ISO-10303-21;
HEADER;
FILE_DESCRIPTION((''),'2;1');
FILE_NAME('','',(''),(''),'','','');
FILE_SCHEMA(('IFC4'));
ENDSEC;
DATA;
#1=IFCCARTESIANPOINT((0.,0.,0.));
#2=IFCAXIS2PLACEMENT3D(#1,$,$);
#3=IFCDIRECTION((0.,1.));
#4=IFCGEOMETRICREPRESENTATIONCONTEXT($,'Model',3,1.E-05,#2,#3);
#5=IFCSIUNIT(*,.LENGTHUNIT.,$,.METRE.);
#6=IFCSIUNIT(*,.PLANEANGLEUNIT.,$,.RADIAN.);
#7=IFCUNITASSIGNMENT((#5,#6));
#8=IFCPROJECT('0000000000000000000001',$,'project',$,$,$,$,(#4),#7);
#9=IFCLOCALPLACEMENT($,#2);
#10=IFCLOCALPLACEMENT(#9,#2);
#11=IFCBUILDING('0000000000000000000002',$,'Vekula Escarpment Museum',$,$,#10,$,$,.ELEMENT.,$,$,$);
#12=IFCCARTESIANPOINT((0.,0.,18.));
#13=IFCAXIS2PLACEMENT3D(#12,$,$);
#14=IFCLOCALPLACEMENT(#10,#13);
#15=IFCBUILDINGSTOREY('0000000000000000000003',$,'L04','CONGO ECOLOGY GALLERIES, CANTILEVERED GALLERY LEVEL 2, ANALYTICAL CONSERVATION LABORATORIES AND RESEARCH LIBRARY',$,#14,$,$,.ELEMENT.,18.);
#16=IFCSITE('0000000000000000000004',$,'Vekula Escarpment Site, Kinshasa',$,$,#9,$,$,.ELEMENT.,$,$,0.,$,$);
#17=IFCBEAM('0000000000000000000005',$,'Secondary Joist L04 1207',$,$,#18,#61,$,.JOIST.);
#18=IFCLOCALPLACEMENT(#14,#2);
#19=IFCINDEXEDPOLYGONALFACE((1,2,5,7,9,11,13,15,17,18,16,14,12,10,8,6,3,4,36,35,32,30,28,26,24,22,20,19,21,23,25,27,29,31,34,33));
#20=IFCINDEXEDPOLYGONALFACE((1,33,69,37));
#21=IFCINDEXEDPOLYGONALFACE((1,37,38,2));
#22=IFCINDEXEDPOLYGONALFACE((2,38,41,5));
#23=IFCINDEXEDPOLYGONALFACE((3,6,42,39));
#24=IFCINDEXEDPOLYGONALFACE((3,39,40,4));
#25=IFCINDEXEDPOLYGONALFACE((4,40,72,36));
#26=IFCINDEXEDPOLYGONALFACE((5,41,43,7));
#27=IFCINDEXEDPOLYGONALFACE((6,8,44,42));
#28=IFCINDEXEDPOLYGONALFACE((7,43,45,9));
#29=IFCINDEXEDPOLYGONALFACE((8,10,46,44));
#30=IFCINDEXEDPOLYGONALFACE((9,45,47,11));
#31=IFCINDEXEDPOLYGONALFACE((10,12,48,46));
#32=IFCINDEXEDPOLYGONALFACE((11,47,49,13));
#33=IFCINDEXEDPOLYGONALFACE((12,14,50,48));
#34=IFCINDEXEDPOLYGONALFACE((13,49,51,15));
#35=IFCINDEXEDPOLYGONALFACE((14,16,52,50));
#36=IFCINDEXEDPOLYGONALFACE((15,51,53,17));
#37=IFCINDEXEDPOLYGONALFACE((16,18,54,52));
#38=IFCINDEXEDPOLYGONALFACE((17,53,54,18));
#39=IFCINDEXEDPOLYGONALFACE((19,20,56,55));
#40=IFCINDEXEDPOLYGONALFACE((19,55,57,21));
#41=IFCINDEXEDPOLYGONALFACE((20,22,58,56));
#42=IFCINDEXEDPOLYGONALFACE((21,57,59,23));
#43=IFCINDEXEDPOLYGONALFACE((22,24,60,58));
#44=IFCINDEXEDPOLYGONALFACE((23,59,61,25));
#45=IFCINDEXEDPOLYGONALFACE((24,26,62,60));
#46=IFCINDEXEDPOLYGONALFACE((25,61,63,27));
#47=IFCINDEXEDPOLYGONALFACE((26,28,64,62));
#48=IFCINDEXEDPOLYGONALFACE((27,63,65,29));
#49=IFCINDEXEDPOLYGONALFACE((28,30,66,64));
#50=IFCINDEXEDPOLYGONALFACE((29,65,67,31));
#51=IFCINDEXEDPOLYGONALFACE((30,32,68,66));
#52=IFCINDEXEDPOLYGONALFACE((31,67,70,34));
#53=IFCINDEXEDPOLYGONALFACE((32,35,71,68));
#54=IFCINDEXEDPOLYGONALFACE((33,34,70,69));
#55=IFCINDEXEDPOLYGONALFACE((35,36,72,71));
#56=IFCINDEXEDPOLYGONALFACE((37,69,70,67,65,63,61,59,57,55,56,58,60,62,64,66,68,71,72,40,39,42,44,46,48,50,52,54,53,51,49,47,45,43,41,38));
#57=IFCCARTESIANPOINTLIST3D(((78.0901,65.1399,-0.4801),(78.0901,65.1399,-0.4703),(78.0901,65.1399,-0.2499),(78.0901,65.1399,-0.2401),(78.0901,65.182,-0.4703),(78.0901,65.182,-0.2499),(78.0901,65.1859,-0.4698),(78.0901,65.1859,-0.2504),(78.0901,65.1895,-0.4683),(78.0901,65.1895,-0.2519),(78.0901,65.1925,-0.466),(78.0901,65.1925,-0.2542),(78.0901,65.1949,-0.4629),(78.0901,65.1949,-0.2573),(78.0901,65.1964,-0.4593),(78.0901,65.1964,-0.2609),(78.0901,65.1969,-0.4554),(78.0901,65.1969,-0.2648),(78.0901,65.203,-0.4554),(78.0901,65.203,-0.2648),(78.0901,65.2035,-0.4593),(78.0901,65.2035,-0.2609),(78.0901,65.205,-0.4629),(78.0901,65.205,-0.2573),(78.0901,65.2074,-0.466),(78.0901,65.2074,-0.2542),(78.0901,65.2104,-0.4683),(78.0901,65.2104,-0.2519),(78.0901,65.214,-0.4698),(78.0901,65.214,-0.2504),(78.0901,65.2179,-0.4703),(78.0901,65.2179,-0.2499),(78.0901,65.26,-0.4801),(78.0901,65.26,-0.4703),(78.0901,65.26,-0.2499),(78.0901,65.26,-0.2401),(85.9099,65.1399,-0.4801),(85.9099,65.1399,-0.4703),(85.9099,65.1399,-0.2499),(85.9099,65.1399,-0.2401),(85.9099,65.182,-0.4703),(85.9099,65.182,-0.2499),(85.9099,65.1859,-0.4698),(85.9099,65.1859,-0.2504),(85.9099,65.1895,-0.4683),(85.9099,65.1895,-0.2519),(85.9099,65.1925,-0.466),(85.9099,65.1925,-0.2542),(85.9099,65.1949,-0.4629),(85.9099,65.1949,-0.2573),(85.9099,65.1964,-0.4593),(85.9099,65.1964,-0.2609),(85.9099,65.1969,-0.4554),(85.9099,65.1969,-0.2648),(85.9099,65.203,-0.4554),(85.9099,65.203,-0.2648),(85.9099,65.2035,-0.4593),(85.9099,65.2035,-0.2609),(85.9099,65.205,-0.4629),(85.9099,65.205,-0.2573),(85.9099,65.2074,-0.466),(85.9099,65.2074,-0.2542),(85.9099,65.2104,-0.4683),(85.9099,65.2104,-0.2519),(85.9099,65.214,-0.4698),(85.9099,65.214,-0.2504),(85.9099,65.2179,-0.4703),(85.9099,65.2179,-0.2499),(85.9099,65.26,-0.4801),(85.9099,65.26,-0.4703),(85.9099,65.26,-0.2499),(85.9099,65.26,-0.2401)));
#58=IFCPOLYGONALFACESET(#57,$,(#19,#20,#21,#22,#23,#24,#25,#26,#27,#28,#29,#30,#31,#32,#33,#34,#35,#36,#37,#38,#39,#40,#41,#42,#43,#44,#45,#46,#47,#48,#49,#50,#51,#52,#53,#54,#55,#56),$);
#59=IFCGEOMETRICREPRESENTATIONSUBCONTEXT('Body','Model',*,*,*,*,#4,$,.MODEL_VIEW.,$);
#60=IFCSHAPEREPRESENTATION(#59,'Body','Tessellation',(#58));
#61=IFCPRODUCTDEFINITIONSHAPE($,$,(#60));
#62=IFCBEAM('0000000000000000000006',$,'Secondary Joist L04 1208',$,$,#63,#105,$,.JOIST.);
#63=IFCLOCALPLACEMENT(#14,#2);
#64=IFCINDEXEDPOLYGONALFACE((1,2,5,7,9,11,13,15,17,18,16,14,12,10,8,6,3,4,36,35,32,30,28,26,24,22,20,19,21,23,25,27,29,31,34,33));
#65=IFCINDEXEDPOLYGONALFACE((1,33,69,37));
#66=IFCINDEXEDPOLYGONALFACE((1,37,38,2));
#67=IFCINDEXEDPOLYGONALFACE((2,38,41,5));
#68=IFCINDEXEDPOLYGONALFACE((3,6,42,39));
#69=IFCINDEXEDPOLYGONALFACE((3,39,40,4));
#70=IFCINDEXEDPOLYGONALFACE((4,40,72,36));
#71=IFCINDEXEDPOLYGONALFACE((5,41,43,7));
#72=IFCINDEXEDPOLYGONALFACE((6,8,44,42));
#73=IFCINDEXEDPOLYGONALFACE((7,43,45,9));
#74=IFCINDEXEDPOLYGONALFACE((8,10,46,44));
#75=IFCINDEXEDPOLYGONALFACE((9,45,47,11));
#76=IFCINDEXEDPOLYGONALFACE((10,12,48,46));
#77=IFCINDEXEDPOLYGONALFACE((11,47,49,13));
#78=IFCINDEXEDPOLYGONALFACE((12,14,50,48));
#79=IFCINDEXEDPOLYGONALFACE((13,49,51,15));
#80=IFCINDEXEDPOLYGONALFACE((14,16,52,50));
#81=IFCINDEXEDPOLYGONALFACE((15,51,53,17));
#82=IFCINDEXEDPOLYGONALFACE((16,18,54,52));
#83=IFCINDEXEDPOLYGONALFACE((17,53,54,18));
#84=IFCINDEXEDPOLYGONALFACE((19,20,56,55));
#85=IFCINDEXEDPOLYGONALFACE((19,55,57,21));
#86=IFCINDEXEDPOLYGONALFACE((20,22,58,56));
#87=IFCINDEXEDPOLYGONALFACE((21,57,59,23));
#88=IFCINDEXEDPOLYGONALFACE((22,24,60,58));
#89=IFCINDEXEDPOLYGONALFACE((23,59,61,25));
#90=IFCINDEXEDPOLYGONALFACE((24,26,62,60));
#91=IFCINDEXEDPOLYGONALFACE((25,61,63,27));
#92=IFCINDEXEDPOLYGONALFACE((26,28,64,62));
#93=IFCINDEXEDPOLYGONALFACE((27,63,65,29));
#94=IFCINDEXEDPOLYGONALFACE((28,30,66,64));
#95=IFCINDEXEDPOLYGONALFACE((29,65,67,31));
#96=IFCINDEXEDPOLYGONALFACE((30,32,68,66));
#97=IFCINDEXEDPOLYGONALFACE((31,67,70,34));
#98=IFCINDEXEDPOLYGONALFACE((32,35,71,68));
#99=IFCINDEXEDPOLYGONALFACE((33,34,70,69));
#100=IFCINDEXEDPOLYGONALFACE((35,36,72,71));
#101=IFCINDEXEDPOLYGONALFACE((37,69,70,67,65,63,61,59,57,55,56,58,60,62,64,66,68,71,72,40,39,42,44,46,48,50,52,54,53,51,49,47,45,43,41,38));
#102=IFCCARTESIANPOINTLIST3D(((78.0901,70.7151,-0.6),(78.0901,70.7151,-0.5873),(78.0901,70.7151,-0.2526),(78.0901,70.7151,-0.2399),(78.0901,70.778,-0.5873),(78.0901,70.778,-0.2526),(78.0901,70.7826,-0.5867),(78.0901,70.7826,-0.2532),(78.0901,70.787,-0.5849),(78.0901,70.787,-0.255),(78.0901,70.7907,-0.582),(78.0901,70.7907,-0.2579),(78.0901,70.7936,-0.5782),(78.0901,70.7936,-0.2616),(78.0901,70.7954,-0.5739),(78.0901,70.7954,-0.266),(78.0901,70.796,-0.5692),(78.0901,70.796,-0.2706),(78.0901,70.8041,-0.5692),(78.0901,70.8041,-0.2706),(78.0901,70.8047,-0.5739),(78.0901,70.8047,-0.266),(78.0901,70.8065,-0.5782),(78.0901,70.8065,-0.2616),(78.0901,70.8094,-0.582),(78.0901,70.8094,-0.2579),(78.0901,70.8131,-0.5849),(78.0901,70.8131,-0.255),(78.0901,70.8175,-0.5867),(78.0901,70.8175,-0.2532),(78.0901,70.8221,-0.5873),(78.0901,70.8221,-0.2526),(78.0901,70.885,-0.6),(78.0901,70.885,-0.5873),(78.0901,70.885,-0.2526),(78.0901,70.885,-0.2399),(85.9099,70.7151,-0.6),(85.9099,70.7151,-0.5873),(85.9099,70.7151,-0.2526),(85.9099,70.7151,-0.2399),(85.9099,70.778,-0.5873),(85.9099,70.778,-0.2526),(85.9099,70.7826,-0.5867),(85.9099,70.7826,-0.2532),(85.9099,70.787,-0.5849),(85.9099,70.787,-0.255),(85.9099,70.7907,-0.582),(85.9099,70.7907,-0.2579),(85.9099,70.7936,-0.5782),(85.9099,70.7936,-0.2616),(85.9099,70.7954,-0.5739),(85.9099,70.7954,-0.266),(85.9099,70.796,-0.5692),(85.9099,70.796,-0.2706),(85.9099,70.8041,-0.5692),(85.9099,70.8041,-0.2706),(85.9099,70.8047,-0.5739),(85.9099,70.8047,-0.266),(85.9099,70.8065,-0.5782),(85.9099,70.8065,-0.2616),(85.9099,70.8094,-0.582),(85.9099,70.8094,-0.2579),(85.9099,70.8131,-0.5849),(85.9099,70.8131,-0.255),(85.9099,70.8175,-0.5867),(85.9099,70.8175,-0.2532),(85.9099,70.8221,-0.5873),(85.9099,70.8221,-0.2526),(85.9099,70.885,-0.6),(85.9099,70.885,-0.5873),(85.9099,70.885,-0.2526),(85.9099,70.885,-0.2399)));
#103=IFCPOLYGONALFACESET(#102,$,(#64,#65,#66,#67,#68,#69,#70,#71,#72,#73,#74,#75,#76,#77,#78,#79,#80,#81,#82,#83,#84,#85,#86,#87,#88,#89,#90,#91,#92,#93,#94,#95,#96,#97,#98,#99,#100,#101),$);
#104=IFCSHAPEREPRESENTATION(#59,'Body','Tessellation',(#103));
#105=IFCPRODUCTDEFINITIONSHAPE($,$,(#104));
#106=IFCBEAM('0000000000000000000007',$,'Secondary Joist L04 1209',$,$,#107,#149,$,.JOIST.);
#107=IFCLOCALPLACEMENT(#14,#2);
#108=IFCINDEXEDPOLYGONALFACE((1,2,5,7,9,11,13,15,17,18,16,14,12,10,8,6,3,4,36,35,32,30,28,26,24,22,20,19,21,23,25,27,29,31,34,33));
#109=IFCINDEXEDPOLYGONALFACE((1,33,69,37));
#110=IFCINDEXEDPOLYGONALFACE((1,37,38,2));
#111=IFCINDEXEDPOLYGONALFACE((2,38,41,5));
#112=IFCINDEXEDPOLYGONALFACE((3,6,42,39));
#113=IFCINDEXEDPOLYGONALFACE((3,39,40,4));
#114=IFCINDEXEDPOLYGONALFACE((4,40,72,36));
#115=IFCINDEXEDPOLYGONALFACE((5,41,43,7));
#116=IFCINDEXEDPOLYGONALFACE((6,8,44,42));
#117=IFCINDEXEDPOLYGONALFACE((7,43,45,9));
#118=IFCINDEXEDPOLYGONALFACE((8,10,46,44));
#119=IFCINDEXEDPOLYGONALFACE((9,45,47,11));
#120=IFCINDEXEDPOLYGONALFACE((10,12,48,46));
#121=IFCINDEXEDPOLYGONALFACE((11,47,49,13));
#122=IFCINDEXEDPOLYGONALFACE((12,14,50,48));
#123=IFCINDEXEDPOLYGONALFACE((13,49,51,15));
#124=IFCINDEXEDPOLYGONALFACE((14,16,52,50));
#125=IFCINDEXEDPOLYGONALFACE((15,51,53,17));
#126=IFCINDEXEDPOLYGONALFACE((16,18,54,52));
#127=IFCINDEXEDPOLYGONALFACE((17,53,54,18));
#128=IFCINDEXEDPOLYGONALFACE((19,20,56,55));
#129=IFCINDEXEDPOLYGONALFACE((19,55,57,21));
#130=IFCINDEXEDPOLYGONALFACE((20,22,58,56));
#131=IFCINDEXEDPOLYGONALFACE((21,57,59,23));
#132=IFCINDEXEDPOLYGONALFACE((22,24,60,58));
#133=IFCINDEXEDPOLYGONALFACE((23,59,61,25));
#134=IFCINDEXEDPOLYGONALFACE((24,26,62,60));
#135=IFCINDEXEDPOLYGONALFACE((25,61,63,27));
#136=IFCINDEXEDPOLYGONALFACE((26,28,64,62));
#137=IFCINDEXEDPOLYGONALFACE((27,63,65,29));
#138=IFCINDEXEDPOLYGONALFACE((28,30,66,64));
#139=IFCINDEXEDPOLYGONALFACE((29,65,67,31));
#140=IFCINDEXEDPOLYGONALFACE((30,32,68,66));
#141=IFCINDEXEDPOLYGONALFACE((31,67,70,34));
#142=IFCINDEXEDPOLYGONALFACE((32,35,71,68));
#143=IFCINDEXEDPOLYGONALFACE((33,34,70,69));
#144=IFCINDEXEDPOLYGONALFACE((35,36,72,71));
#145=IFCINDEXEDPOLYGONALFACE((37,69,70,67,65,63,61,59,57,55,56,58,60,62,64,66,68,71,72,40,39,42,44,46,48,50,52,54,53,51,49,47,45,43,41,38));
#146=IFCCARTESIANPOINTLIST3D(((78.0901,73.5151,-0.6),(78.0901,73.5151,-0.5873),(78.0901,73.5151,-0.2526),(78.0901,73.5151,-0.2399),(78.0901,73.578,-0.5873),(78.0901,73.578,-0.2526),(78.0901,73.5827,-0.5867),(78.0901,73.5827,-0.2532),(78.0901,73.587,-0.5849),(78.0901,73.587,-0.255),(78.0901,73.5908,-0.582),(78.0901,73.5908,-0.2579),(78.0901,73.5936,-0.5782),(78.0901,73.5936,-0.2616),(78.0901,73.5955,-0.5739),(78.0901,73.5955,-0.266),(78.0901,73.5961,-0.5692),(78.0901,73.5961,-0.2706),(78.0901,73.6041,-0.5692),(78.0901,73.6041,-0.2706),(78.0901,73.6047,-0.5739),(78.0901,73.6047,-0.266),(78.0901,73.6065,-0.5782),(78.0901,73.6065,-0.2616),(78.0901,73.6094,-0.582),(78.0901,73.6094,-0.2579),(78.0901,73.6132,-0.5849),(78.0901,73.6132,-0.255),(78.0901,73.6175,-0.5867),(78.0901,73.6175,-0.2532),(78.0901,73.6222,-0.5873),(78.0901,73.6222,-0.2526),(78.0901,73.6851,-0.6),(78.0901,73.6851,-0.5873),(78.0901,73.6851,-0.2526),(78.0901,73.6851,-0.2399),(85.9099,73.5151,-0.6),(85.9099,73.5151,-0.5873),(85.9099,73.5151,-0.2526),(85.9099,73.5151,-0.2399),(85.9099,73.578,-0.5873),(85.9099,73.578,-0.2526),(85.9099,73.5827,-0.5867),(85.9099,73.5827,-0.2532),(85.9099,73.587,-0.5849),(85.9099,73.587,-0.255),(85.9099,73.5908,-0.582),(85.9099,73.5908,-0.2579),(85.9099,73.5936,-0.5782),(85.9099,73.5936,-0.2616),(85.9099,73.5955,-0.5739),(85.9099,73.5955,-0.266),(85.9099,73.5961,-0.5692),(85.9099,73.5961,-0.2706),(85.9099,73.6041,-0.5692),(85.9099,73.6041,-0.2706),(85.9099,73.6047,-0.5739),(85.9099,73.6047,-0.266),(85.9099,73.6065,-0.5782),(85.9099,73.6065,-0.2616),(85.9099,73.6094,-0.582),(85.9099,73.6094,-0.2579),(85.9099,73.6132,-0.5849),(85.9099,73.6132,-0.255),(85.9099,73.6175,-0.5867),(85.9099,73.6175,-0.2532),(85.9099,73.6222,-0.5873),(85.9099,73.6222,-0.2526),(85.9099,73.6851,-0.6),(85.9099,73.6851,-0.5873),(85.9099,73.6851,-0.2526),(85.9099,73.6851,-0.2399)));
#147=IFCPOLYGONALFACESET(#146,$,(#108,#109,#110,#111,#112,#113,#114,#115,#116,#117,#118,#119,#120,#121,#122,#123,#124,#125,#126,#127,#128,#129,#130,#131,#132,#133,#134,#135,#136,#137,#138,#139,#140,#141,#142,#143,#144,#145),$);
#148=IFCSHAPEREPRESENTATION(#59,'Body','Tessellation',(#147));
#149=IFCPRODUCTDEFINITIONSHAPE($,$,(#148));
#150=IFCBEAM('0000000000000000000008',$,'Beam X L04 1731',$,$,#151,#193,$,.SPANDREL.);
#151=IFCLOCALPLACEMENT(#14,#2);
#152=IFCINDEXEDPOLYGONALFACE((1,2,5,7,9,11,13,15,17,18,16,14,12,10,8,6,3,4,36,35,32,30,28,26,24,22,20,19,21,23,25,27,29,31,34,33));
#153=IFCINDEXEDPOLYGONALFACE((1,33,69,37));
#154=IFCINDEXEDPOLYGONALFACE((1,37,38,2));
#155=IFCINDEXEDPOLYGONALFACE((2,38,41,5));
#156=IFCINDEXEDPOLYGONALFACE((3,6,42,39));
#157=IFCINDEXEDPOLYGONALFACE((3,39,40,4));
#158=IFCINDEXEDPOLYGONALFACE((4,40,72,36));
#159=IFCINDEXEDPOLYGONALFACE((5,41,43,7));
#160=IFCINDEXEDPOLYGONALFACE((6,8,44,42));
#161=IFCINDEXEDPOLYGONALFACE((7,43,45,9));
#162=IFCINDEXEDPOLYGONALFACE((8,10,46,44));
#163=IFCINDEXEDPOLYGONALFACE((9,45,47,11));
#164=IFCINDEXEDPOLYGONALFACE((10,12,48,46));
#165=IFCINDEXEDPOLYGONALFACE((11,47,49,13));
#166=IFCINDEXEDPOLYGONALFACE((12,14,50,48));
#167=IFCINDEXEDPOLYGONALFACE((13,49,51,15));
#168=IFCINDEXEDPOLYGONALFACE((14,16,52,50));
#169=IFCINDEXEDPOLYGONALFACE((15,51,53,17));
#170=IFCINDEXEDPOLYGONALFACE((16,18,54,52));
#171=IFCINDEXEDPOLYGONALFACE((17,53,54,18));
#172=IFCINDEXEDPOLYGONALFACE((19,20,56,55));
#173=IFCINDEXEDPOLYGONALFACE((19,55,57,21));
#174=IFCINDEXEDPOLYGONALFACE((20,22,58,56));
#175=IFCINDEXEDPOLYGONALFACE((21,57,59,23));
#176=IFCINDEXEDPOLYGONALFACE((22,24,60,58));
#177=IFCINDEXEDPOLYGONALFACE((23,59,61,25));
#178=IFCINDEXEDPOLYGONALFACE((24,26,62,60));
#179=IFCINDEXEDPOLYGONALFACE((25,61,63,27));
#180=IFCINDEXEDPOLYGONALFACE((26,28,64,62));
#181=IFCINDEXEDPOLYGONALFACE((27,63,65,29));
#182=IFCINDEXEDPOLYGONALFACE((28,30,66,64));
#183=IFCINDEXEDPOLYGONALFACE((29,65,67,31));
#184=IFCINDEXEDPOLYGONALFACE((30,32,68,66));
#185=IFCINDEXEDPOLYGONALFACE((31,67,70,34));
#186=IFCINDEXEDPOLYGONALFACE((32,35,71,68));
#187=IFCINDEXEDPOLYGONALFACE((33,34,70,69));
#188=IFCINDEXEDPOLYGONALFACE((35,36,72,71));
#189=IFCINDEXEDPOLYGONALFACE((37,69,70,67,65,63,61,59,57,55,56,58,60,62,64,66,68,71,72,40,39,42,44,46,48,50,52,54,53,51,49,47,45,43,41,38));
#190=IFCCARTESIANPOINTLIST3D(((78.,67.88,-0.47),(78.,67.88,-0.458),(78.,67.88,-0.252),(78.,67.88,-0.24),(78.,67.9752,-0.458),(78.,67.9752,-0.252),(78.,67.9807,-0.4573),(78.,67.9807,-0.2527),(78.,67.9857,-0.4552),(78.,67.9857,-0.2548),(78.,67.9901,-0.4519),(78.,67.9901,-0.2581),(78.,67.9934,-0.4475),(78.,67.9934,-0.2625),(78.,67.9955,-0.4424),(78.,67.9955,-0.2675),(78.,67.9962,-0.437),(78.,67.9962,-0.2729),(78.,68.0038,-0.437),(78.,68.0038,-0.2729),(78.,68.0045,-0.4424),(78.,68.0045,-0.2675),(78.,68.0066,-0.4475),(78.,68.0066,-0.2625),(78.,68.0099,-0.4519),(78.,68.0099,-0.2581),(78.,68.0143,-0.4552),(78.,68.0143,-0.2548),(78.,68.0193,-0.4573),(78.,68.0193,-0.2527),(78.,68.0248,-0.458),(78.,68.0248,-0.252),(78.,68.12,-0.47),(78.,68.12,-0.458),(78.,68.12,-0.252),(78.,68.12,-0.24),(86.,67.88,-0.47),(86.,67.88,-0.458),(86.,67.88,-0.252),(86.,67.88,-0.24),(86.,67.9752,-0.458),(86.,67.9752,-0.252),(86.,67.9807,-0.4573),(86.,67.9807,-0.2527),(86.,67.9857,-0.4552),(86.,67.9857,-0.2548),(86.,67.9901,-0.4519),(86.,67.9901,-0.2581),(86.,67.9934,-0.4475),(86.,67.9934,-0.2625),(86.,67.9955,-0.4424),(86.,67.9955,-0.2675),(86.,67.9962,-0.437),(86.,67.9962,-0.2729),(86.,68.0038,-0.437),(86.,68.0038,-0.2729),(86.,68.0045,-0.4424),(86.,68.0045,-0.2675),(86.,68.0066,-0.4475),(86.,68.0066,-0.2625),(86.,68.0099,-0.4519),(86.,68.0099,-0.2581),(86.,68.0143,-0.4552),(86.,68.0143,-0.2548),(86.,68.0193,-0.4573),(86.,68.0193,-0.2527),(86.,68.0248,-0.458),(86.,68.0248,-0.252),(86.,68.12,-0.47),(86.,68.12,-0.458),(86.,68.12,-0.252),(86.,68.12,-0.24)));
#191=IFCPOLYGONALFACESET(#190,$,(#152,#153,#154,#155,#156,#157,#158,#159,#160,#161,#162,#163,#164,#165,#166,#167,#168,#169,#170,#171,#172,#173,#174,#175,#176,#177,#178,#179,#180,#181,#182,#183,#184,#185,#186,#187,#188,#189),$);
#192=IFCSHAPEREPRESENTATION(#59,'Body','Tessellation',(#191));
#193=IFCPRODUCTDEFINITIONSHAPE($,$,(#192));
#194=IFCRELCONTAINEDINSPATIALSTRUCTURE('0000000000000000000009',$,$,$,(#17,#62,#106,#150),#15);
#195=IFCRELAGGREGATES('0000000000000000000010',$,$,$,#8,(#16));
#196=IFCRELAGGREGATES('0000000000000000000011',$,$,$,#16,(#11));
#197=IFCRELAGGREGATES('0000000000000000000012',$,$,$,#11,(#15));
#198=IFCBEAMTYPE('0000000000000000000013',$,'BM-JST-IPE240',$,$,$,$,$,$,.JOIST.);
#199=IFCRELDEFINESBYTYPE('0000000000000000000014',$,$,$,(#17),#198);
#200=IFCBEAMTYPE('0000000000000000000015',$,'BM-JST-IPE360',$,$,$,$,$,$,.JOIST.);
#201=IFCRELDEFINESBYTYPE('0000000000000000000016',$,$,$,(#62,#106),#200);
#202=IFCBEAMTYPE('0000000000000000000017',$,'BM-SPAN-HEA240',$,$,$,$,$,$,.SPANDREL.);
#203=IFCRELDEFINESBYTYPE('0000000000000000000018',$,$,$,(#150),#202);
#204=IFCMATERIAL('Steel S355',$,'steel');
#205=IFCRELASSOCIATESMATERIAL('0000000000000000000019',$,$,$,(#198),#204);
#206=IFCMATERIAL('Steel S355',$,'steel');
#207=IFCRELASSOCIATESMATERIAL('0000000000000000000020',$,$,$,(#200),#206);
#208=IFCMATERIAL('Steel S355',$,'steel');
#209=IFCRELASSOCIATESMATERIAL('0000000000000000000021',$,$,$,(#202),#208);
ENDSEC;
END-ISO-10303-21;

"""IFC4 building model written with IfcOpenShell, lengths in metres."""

from ifc_helpers import new_model, si_unit, direction, frame, origin, origin_2d, place, context, subcontext, project, spatial, i_section, extrude, material, material_profile, profile_set, type_object, element, save


model = new_model("IFC4")

# Units and contexts
model_context = context("Model", 3, precision=1e-05, world=origin(), true_north=direction((0.0, 1.0)))
body_context = subcontext(model_context, "Body", "Model", "MODEL_VIEW")
ifc_project = project(units=[si_unit("LENGTHUNIT", "METRE"), si_unit("PLANEANGLEUNIT", "RADIAN")], contexts=[model_context])

# Site, building, storey
site_placement = place(None, origin())
site = spatial("IfcSite", under=ifc_project, at=site_placement, Name="Vekula Escarpment Site, Kinshasa", CompositionType="ELEMENT", RefElevation=0.0)
building_placement = place(site_placement, origin())
building = spatial("IfcBuilding", under=site, at=building_placement, Name="Vekula Escarpment Museum", CompositionType="ELEMENT")
storey_placement = place(building_placement, frame((0.0, 0.0, 18.0)))
storey = spatial("IfcBuildingStorey", under=building, at=storey_placement, Name="L04", Description="CONGO ECOLOGY GALLERIES, CANTILEVERED GALLERY LEVEL 2, ANALYTICAL CONSERVATION LABORATORIES AND RESEARCH LIBRARY", CompositionType="ELEMENT", Elevation=18.0)

# Beams
ifc_material_1 = material(Name="Steel S355", Category="steel")
ifc_material_profile_1 = material_profile(ifc_material_1, i_section(OverallWidth=0.1201, OverallDepth=0.24, WebThickness=0.0061, FlangeThickness=0.0098, FilletRadius=0.0149, at=origin_2d()), Name="IPE 240")
ifc_profile_set_1 = profile_set([ifc_material_profile_1], Name="Steel S355")
beam_type_1 = type_object("IfcBeamType", Name="BM-JST-IPE240", PredefinedType="JOIST", material=ifc_profile_set_1)
for number, where, z_axis, x_axis, name in (
    (1, (78.0901, 65.2, -0.3601), (1.0, 0.0, 0.0), (0.0, 1.0, 0.0), "Secondary Joist L04 1207"),
):
    element("IfcBeam", number, at=place(storey_placement, frame(where, z_axis=z_axis, x_axis=x_axis)), inside=storey, type_object=beam_type_1, Name=name, PredefinedType="JOIST", context=body_context, shape_type="SweptSolid", body=[
        extrude(i_section(OverallWidth=0.1201, OverallDepth=0.24, WebThickness=0.0061, FlangeThickness=0.0098, FilletRadius=0.0149, at=origin_2d()), origin(), (0.0, 0.0, 1.0), 7.8198),
    ])
ifc_material_2 = material(Name="Steel S355", Category="steel")
ifc_material_profile_2 = material_profile(ifc_material_2, i_section(OverallWidth=0.1699, OverallDepth=0.3601, WebThickness=0.0081, FlangeThickness=0.0127, FilletRadius=0.0181, at=origin_2d()), Name="IPE 360")
ifc_profile_set_2 = profile_set([ifc_material_profile_2], Name="Steel S355")
beam_type_2 = type_object("IfcBeamType", Name="BM-JST-IPE360", PredefinedType="JOIST", material=ifc_profile_set_2)
for number, where, z_axis, x_axis, name in (
    (2, (78.0901, 70.8, -0.4199), (1.0, 0.0, 0.0), (0.0, 1.0, 0.0), "Secondary Joist L04 1208"),
    (3, (78.0901, 73.6001, -0.4199), (1.0, 0.0, 0.0), (0.0, 1.0, 0.0), "Secondary Joist L04 1209"),
):
    element("IfcBeam", number, at=place(storey_placement, frame(where, z_axis=z_axis, x_axis=x_axis)), inside=storey, type_object=beam_type_2, Name=name, PredefinedType="JOIST", context=body_context, shape_type="SweptSolid", body=[
        extrude(i_section(OverallWidth=0.1699, OverallDepth=0.3601, WebThickness=0.0081, FlangeThickness=0.0127, FilletRadius=0.0181, at=origin_2d()), origin(), (0.0, 0.0, 1.0), 7.8198),
    ])
ifc_material_3 = material(Name="Steel S355", Category="steel")
ifc_material_profile_3 = material_profile(ifc_material_3, i_section(OverallWidth=0.24, OverallDepth=0.23, WebThickness=0.0076, FlangeThickness=0.012, FilletRadius=0.021, at=origin_2d()), Name="HEA 240")
ifc_profile_set_3 = profile_set([ifc_material_profile_3], Name="Steel S355")
beam_type_3 = type_object("IfcBeamType", Name="BM-SPAN-HEA240", PredefinedType="SPANDREL", material=ifc_profile_set_3)
beam_1_placement = place(storey_placement, frame((78.0, 68.0, -0.355), z_axis=(1.0, 0.0, 0.0), x_axis=(0.0, 1.0, 0.0)))
element("IfcBeam", 4, at=beam_1_placement, inside=storey, type_object=beam_type_3, Name="Beam X L04 1731", PredefinedType="SPANDREL", context=body_context, shape_type="SweptSolid", body=[
    extrude(i_section(OverallWidth=0.24, OverallDepth=0.23, WebThickness=0.0076, FlangeThickness=0.012, FilletRadius=0.021, at=origin_2d()), origin(), (0.0, 0.0, 1.0), 8.0),
])

save(model, "model.ifc")
